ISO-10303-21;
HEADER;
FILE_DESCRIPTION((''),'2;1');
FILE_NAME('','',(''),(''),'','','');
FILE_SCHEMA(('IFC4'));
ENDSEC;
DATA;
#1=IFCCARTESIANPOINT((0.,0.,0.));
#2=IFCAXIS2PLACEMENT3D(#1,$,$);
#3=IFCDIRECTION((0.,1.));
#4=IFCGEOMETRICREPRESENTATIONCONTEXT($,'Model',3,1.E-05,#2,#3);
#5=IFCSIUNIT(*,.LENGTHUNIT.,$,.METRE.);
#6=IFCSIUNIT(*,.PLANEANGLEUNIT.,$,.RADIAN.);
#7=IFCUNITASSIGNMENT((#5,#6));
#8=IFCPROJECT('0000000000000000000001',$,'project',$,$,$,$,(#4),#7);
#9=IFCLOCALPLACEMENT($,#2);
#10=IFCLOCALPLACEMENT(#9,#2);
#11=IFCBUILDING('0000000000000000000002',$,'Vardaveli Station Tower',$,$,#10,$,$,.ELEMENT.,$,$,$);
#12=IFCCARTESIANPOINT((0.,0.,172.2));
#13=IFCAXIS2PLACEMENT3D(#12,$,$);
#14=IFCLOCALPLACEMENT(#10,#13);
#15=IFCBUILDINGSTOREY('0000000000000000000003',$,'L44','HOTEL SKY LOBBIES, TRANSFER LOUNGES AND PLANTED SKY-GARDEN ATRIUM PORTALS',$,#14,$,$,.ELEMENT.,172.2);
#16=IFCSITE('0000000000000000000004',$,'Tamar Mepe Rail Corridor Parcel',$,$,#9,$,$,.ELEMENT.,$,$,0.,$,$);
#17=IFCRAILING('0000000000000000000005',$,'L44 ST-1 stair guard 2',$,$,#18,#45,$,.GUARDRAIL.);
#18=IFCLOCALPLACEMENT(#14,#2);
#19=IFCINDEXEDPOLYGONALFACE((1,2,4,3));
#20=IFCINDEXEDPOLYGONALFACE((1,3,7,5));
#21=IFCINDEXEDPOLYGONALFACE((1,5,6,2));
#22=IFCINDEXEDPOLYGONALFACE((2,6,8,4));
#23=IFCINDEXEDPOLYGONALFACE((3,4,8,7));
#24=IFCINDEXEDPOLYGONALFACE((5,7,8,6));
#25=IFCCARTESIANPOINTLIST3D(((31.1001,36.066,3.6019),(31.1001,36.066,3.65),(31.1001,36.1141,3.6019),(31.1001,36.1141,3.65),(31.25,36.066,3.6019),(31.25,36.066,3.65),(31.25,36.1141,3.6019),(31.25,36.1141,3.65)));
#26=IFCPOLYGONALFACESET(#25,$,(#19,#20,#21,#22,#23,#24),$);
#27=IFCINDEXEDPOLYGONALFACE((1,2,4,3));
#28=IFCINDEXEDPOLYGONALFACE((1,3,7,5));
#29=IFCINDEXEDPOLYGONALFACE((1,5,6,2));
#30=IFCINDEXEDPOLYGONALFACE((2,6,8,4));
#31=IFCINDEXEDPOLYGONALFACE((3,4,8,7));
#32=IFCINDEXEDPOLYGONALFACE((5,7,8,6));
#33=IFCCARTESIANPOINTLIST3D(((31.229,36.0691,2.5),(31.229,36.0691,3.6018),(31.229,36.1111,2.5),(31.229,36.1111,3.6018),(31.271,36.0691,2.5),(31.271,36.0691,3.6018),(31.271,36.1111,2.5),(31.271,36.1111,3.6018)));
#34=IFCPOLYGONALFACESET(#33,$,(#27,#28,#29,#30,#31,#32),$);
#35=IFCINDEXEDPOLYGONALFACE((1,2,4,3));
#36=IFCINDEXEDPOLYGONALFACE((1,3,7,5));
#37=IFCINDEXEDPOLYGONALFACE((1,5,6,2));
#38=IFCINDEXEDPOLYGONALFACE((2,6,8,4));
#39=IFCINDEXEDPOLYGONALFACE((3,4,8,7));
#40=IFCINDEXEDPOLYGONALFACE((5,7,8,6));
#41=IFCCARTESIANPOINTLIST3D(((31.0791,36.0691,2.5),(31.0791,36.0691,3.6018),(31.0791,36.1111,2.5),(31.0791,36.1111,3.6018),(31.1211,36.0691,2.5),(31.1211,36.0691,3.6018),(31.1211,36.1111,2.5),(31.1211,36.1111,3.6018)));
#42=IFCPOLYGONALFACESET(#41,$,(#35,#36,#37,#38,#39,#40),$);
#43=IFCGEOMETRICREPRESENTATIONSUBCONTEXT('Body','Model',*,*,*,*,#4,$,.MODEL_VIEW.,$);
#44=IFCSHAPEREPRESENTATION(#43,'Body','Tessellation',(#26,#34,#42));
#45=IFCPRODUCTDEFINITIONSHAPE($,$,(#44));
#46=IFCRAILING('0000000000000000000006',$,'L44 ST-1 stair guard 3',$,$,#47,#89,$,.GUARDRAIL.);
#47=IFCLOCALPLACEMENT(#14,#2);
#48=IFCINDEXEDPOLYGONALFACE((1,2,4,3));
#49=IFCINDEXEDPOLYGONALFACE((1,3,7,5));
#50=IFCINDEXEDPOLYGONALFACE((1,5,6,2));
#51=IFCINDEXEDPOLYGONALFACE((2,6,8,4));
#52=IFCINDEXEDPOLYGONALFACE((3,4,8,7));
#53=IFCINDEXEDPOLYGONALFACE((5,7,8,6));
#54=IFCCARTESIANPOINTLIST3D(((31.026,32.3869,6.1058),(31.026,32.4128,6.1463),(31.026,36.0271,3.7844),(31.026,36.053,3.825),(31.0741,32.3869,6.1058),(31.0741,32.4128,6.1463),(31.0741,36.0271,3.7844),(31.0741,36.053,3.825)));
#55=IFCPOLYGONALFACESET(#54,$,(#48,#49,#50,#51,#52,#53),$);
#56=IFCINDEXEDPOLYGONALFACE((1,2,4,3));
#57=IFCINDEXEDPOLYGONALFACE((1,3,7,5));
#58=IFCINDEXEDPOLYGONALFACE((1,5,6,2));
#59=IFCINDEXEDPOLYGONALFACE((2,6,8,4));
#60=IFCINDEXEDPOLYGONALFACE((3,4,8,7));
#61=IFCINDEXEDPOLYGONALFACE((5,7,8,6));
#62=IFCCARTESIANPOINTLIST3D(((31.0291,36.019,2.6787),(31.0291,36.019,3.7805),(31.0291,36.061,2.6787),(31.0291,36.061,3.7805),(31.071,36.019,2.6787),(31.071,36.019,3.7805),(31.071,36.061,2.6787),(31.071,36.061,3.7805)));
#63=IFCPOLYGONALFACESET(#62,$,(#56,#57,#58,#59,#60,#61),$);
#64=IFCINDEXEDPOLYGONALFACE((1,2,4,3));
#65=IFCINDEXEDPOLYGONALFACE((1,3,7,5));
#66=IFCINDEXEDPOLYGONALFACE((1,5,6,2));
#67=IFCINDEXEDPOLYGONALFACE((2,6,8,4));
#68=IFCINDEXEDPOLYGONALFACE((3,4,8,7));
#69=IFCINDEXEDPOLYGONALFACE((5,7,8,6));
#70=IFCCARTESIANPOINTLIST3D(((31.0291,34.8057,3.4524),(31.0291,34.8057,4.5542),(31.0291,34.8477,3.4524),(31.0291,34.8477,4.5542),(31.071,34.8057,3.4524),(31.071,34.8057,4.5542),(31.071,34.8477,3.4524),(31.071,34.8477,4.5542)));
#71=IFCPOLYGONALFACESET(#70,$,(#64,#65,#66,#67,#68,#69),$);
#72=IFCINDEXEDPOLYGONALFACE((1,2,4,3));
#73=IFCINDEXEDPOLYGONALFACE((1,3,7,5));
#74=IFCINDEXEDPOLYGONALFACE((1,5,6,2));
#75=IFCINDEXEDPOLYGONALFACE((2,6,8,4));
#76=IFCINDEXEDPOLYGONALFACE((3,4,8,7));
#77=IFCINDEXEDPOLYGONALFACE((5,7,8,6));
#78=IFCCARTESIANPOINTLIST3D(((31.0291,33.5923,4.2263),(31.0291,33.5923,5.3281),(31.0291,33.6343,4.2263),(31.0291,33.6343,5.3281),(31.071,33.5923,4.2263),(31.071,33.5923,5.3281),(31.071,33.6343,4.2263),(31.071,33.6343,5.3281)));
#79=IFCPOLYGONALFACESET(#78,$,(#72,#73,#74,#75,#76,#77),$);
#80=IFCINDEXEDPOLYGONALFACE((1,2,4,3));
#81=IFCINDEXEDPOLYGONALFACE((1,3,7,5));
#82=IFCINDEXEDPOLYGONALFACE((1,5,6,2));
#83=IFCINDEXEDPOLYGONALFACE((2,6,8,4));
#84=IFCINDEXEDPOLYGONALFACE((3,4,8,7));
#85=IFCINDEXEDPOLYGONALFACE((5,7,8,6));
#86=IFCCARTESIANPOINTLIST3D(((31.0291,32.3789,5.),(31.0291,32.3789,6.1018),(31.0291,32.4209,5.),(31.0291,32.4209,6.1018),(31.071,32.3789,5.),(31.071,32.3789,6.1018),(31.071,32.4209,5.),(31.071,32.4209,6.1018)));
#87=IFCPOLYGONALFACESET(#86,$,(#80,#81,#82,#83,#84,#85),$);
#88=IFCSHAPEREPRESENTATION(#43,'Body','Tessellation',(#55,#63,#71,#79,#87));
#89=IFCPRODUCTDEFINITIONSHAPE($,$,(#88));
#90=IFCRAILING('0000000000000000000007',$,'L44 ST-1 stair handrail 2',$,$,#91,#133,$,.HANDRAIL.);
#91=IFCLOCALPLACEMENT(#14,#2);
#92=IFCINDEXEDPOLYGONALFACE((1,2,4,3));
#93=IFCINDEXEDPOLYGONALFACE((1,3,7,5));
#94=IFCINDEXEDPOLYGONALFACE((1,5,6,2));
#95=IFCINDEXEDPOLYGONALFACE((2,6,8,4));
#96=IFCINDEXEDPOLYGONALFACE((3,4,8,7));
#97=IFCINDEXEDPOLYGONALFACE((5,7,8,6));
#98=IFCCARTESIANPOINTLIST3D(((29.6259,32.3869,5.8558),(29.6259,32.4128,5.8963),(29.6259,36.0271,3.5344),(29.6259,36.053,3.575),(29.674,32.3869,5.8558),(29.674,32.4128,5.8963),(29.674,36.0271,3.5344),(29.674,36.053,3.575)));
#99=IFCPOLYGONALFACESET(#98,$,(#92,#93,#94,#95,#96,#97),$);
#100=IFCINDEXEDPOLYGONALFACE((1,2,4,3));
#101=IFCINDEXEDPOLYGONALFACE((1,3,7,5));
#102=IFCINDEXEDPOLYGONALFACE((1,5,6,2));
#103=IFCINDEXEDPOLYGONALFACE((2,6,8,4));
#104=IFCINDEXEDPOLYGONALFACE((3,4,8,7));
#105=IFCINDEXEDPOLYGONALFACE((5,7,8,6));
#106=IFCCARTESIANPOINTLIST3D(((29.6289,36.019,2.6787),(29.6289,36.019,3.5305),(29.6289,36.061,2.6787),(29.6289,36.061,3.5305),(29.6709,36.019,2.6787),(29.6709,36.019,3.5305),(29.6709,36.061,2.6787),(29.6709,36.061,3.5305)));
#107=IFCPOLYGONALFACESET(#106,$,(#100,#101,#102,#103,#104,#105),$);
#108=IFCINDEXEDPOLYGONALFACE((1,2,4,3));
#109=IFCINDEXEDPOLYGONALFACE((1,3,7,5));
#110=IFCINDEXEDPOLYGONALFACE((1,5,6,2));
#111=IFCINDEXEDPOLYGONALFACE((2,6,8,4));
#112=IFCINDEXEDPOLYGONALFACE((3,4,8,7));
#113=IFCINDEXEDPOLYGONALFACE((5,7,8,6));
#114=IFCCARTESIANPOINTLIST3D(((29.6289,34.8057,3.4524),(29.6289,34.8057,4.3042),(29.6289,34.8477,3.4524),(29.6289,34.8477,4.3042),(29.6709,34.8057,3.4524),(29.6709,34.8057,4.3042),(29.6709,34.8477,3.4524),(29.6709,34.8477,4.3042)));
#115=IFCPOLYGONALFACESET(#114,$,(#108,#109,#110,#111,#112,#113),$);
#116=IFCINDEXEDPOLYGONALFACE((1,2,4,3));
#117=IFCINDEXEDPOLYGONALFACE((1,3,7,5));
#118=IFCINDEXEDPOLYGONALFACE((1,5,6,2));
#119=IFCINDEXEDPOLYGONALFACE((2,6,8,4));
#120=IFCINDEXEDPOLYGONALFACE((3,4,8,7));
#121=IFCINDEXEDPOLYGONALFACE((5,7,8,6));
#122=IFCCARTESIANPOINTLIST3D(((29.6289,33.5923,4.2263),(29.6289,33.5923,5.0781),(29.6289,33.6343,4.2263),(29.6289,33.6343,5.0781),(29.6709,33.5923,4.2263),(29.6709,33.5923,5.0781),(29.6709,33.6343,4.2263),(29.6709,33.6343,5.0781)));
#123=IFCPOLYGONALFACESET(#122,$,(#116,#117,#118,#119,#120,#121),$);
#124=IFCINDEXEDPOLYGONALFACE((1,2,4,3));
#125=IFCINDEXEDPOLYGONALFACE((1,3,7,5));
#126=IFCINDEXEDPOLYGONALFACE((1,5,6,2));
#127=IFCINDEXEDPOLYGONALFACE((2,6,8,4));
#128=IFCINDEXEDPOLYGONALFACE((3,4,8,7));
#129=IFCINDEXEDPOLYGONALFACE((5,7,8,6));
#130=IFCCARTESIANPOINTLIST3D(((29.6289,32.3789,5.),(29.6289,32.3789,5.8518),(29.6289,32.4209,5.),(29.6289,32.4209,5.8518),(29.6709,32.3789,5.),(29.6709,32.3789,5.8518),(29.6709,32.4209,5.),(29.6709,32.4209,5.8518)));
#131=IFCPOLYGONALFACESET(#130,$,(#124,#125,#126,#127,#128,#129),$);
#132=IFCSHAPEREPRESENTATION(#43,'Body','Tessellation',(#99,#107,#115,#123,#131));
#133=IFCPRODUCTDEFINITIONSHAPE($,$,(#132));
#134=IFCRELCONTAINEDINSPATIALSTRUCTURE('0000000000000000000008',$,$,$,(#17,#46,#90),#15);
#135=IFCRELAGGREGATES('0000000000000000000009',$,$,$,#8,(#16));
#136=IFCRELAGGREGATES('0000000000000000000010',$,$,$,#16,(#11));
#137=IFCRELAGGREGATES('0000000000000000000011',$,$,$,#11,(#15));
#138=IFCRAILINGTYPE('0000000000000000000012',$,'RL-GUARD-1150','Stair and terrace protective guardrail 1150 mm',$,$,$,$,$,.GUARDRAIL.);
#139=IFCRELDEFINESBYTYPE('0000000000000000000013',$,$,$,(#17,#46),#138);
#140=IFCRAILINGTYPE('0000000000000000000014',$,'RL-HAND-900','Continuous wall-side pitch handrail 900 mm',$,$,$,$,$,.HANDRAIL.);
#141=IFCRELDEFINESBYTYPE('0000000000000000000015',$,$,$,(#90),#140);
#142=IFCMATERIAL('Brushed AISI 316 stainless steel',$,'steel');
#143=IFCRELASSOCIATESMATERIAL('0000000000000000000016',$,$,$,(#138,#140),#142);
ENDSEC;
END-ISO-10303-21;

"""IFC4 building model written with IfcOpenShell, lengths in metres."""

from ifc_helpers import new_model, si_unit, direction, frame, origin, origin_2d, place, context, subcontext, project, spatial, rectangle, extrude, source, transform, mapped, material, type_object, element, save


model = new_model("IFC4")

# Units and contexts
model_context = context("Model", 3, precision=1e-05, world=origin(), true_north=direction((0.0, 1.0)))
body_context = subcontext(model_context, "Body", "Model", "MODEL_VIEW")
ifc_project = project(units=[si_unit("LENGTHUNIT", "METRE"), si_unit("PLANEANGLEUNIT", "RADIAN")], contexts=[model_context])

# Site, building, storey
site_placement = place(None, origin())
site = spatial("IfcSite", under=ifc_project, at=site_placement, Name="Tamar Mepe Rail Corridor Parcel", CompositionType="ELEMENT", RefElevation=0.0)
building_placement = place(site_placement, origin())
building = spatial("IfcBuilding", under=site, at=building_placement, Name="Vardaveli Station Tower", CompositionType="ELEMENT")
storey_placement = place(building_placement, frame((0.0, 0.0, 172.2)))
storey = spatial("IfcBuildingStorey", under=building, at=storey_placement, Name="L44", Description="HOTEL SKY LOBBIES, TRANSFER LOUNGES AND PLANTED SKY-GARDEN ATRIUM PORTALS", CompositionType="ELEMENT", Elevation=172.2)

# Railings
ifc_material_1 = material(Name="Brushed AISI 316 stainless steel", Category="steel")
railing_type_1 = type_object("IfcRailingType", Name="RL-GUARD-1150", Description="Stair and terrace protective guardrail 1150 mm", PredefinedType="GUARDRAIL", material=ifc_material_1)
shared_shape_1 = source(origin(), body_context, "Body", "SweptSolid", [
    extrude(rectangle(XDim=0.0481, YDim=0.0481, at=origin_2d()), frame((0.0, 0.0, 1.126), z_axis=(-1.0, 0.0, 0.0), x_axis=(0.0, -1.0, 0.0)), (0.0, 0.0, 1.0), 0.1499),
    extrude(rectangle(XDim=0.042, YDim=0.042, at=origin_2d()), origin(), (0.0, 0.0, 1.0), 1.1018),
    extrude(rectangle(XDim=0.042, YDim=0.042, at=origin_2d()), frame((-0.1499, 0.0, 0.0)), (0.0, 0.0, 1.0), 1.1018),
])
railing_1_placement = place(storey_placement, frame((31.25, 36.0901, 2.5)))
element("IfcRailing", 1, at=railing_1_placement, inside=storey, type_object=railing_type_1, Name="L44 ST-1 stair guard 2", PredefinedType="GUARDRAIL", context=body_context, shape_type="MappedRepresentation", body=[
    mapped(shared_shape_1, transform((0.0, 0.0, 0.0), scale=1.0)),
])
shared_shape_2 = source(origin(), body_context, "Body", "SweptSolid", [
    extrude(rectangle(XDim=0.0481, YDim=0.0481, at=origin_2d()), frame((0.0, 0.0, 1.126), z_axis=(0.0, -0.843153, 0.537673), x_axis=(1.0, 0.0, 0.0)), (0.0, 0.0, 1.0), 4.3174),
    extrude(rectangle(XDim=0.042, YDim=0.042, at=origin_2d()), origin(), (0.0, 0.0, 1.0), 1.1018),
    extrude(rectangle(XDim=0.042, YDim=0.042, at=origin_2d()), frame((0.0, -1.2134, 0.7737)), (0.0, 0.0, 1.0), 1.1018),
    extrude(rectangle(XDim=0.042, YDim=0.042, at=origin_2d()), frame((0.0, -2.4268, 1.5476)), (0.0, 0.0, 1.0), 1.1018),
    extrude(rectangle(XDim=0.042, YDim=0.042, at=origin_2d()), frame((0.0, -3.6401, 2.3213)), (0.0, 0.0, 1.0), 1.1018),
])
railing_2_placement = place(storey_placement, frame((31.05, 36.04, 2.6787)))
element("IfcRailing", 2, at=railing_2_placement, inside=storey, type_object=railing_type_1, Name="L44 ST-1 stair guard 3", PredefinedType="GUARDRAIL", context=body_context, shape_type="MappedRepresentation", body=[
    mapped(shared_shape_2, transform((0.0, 0.0, 0.0), scale=1.0)),
])
railing_type_2 = type_object("IfcRailingType", Name="RL-HAND-900", Description="Continuous wall-side pitch handrail 900 mm", PredefinedType="HANDRAIL", material=ifc_material_1)
shared_shape_3 = source(origin(), body_context, "Body", "SweptSolid", [
    extrude(rectangle(XDim=0.0481, YDim=0.0481, at=origin_2d()), frame((0.0, 0.0, 0.876), z_axis=(0.0, -0.843153, 0.537673), x_axis=(1.0, 0.0, 0.0)), (0.0, 0.0, 1.0), 4.3174),
    extrude(rectangle(XDim=0.042, YDim=0.042, at=origin_2d()), origin(), (0.0, 0.0, 1.0), 0.8518),
    extrude(rectangle(XDim=0.042, YDim=0.042, at=origin_2d()), frame((0.0, -1.2134, 0.7737)), (0.0, 0.0, 1.0), 0.8518),
    extrude(rectangle(XDim=0.042, YDim=0.042, at=origin_2d()), frame((0.0, -2.4268, 1.5476)), (0.0, 0.0, 1.0), 0.8518),
    extrude(rectangle(XDim=0.042, YDim=0.042, at=origin_2d()), frame((0.0, -3.6401, 2.3213)), (0.0, 0.0, 1.0), 0.8518),
])
railing_3_placement = place(storey_placement, frame((29.6499, 36.04, 2.6787)))
element("IfcRailing", 3, at=railing_3_placement, inside=storey, type_object=railing_type_2, Name="L44 ST-1 stair handrail 2", PredefinedType="HANDRAIL", context=body_context, shape_type="MappedRepresentation", body=[
    mapped(shared_shape_3, transform((0.0, 0.0, 0.0), scale=1.0)),
])

save(model, "model.ifc")
